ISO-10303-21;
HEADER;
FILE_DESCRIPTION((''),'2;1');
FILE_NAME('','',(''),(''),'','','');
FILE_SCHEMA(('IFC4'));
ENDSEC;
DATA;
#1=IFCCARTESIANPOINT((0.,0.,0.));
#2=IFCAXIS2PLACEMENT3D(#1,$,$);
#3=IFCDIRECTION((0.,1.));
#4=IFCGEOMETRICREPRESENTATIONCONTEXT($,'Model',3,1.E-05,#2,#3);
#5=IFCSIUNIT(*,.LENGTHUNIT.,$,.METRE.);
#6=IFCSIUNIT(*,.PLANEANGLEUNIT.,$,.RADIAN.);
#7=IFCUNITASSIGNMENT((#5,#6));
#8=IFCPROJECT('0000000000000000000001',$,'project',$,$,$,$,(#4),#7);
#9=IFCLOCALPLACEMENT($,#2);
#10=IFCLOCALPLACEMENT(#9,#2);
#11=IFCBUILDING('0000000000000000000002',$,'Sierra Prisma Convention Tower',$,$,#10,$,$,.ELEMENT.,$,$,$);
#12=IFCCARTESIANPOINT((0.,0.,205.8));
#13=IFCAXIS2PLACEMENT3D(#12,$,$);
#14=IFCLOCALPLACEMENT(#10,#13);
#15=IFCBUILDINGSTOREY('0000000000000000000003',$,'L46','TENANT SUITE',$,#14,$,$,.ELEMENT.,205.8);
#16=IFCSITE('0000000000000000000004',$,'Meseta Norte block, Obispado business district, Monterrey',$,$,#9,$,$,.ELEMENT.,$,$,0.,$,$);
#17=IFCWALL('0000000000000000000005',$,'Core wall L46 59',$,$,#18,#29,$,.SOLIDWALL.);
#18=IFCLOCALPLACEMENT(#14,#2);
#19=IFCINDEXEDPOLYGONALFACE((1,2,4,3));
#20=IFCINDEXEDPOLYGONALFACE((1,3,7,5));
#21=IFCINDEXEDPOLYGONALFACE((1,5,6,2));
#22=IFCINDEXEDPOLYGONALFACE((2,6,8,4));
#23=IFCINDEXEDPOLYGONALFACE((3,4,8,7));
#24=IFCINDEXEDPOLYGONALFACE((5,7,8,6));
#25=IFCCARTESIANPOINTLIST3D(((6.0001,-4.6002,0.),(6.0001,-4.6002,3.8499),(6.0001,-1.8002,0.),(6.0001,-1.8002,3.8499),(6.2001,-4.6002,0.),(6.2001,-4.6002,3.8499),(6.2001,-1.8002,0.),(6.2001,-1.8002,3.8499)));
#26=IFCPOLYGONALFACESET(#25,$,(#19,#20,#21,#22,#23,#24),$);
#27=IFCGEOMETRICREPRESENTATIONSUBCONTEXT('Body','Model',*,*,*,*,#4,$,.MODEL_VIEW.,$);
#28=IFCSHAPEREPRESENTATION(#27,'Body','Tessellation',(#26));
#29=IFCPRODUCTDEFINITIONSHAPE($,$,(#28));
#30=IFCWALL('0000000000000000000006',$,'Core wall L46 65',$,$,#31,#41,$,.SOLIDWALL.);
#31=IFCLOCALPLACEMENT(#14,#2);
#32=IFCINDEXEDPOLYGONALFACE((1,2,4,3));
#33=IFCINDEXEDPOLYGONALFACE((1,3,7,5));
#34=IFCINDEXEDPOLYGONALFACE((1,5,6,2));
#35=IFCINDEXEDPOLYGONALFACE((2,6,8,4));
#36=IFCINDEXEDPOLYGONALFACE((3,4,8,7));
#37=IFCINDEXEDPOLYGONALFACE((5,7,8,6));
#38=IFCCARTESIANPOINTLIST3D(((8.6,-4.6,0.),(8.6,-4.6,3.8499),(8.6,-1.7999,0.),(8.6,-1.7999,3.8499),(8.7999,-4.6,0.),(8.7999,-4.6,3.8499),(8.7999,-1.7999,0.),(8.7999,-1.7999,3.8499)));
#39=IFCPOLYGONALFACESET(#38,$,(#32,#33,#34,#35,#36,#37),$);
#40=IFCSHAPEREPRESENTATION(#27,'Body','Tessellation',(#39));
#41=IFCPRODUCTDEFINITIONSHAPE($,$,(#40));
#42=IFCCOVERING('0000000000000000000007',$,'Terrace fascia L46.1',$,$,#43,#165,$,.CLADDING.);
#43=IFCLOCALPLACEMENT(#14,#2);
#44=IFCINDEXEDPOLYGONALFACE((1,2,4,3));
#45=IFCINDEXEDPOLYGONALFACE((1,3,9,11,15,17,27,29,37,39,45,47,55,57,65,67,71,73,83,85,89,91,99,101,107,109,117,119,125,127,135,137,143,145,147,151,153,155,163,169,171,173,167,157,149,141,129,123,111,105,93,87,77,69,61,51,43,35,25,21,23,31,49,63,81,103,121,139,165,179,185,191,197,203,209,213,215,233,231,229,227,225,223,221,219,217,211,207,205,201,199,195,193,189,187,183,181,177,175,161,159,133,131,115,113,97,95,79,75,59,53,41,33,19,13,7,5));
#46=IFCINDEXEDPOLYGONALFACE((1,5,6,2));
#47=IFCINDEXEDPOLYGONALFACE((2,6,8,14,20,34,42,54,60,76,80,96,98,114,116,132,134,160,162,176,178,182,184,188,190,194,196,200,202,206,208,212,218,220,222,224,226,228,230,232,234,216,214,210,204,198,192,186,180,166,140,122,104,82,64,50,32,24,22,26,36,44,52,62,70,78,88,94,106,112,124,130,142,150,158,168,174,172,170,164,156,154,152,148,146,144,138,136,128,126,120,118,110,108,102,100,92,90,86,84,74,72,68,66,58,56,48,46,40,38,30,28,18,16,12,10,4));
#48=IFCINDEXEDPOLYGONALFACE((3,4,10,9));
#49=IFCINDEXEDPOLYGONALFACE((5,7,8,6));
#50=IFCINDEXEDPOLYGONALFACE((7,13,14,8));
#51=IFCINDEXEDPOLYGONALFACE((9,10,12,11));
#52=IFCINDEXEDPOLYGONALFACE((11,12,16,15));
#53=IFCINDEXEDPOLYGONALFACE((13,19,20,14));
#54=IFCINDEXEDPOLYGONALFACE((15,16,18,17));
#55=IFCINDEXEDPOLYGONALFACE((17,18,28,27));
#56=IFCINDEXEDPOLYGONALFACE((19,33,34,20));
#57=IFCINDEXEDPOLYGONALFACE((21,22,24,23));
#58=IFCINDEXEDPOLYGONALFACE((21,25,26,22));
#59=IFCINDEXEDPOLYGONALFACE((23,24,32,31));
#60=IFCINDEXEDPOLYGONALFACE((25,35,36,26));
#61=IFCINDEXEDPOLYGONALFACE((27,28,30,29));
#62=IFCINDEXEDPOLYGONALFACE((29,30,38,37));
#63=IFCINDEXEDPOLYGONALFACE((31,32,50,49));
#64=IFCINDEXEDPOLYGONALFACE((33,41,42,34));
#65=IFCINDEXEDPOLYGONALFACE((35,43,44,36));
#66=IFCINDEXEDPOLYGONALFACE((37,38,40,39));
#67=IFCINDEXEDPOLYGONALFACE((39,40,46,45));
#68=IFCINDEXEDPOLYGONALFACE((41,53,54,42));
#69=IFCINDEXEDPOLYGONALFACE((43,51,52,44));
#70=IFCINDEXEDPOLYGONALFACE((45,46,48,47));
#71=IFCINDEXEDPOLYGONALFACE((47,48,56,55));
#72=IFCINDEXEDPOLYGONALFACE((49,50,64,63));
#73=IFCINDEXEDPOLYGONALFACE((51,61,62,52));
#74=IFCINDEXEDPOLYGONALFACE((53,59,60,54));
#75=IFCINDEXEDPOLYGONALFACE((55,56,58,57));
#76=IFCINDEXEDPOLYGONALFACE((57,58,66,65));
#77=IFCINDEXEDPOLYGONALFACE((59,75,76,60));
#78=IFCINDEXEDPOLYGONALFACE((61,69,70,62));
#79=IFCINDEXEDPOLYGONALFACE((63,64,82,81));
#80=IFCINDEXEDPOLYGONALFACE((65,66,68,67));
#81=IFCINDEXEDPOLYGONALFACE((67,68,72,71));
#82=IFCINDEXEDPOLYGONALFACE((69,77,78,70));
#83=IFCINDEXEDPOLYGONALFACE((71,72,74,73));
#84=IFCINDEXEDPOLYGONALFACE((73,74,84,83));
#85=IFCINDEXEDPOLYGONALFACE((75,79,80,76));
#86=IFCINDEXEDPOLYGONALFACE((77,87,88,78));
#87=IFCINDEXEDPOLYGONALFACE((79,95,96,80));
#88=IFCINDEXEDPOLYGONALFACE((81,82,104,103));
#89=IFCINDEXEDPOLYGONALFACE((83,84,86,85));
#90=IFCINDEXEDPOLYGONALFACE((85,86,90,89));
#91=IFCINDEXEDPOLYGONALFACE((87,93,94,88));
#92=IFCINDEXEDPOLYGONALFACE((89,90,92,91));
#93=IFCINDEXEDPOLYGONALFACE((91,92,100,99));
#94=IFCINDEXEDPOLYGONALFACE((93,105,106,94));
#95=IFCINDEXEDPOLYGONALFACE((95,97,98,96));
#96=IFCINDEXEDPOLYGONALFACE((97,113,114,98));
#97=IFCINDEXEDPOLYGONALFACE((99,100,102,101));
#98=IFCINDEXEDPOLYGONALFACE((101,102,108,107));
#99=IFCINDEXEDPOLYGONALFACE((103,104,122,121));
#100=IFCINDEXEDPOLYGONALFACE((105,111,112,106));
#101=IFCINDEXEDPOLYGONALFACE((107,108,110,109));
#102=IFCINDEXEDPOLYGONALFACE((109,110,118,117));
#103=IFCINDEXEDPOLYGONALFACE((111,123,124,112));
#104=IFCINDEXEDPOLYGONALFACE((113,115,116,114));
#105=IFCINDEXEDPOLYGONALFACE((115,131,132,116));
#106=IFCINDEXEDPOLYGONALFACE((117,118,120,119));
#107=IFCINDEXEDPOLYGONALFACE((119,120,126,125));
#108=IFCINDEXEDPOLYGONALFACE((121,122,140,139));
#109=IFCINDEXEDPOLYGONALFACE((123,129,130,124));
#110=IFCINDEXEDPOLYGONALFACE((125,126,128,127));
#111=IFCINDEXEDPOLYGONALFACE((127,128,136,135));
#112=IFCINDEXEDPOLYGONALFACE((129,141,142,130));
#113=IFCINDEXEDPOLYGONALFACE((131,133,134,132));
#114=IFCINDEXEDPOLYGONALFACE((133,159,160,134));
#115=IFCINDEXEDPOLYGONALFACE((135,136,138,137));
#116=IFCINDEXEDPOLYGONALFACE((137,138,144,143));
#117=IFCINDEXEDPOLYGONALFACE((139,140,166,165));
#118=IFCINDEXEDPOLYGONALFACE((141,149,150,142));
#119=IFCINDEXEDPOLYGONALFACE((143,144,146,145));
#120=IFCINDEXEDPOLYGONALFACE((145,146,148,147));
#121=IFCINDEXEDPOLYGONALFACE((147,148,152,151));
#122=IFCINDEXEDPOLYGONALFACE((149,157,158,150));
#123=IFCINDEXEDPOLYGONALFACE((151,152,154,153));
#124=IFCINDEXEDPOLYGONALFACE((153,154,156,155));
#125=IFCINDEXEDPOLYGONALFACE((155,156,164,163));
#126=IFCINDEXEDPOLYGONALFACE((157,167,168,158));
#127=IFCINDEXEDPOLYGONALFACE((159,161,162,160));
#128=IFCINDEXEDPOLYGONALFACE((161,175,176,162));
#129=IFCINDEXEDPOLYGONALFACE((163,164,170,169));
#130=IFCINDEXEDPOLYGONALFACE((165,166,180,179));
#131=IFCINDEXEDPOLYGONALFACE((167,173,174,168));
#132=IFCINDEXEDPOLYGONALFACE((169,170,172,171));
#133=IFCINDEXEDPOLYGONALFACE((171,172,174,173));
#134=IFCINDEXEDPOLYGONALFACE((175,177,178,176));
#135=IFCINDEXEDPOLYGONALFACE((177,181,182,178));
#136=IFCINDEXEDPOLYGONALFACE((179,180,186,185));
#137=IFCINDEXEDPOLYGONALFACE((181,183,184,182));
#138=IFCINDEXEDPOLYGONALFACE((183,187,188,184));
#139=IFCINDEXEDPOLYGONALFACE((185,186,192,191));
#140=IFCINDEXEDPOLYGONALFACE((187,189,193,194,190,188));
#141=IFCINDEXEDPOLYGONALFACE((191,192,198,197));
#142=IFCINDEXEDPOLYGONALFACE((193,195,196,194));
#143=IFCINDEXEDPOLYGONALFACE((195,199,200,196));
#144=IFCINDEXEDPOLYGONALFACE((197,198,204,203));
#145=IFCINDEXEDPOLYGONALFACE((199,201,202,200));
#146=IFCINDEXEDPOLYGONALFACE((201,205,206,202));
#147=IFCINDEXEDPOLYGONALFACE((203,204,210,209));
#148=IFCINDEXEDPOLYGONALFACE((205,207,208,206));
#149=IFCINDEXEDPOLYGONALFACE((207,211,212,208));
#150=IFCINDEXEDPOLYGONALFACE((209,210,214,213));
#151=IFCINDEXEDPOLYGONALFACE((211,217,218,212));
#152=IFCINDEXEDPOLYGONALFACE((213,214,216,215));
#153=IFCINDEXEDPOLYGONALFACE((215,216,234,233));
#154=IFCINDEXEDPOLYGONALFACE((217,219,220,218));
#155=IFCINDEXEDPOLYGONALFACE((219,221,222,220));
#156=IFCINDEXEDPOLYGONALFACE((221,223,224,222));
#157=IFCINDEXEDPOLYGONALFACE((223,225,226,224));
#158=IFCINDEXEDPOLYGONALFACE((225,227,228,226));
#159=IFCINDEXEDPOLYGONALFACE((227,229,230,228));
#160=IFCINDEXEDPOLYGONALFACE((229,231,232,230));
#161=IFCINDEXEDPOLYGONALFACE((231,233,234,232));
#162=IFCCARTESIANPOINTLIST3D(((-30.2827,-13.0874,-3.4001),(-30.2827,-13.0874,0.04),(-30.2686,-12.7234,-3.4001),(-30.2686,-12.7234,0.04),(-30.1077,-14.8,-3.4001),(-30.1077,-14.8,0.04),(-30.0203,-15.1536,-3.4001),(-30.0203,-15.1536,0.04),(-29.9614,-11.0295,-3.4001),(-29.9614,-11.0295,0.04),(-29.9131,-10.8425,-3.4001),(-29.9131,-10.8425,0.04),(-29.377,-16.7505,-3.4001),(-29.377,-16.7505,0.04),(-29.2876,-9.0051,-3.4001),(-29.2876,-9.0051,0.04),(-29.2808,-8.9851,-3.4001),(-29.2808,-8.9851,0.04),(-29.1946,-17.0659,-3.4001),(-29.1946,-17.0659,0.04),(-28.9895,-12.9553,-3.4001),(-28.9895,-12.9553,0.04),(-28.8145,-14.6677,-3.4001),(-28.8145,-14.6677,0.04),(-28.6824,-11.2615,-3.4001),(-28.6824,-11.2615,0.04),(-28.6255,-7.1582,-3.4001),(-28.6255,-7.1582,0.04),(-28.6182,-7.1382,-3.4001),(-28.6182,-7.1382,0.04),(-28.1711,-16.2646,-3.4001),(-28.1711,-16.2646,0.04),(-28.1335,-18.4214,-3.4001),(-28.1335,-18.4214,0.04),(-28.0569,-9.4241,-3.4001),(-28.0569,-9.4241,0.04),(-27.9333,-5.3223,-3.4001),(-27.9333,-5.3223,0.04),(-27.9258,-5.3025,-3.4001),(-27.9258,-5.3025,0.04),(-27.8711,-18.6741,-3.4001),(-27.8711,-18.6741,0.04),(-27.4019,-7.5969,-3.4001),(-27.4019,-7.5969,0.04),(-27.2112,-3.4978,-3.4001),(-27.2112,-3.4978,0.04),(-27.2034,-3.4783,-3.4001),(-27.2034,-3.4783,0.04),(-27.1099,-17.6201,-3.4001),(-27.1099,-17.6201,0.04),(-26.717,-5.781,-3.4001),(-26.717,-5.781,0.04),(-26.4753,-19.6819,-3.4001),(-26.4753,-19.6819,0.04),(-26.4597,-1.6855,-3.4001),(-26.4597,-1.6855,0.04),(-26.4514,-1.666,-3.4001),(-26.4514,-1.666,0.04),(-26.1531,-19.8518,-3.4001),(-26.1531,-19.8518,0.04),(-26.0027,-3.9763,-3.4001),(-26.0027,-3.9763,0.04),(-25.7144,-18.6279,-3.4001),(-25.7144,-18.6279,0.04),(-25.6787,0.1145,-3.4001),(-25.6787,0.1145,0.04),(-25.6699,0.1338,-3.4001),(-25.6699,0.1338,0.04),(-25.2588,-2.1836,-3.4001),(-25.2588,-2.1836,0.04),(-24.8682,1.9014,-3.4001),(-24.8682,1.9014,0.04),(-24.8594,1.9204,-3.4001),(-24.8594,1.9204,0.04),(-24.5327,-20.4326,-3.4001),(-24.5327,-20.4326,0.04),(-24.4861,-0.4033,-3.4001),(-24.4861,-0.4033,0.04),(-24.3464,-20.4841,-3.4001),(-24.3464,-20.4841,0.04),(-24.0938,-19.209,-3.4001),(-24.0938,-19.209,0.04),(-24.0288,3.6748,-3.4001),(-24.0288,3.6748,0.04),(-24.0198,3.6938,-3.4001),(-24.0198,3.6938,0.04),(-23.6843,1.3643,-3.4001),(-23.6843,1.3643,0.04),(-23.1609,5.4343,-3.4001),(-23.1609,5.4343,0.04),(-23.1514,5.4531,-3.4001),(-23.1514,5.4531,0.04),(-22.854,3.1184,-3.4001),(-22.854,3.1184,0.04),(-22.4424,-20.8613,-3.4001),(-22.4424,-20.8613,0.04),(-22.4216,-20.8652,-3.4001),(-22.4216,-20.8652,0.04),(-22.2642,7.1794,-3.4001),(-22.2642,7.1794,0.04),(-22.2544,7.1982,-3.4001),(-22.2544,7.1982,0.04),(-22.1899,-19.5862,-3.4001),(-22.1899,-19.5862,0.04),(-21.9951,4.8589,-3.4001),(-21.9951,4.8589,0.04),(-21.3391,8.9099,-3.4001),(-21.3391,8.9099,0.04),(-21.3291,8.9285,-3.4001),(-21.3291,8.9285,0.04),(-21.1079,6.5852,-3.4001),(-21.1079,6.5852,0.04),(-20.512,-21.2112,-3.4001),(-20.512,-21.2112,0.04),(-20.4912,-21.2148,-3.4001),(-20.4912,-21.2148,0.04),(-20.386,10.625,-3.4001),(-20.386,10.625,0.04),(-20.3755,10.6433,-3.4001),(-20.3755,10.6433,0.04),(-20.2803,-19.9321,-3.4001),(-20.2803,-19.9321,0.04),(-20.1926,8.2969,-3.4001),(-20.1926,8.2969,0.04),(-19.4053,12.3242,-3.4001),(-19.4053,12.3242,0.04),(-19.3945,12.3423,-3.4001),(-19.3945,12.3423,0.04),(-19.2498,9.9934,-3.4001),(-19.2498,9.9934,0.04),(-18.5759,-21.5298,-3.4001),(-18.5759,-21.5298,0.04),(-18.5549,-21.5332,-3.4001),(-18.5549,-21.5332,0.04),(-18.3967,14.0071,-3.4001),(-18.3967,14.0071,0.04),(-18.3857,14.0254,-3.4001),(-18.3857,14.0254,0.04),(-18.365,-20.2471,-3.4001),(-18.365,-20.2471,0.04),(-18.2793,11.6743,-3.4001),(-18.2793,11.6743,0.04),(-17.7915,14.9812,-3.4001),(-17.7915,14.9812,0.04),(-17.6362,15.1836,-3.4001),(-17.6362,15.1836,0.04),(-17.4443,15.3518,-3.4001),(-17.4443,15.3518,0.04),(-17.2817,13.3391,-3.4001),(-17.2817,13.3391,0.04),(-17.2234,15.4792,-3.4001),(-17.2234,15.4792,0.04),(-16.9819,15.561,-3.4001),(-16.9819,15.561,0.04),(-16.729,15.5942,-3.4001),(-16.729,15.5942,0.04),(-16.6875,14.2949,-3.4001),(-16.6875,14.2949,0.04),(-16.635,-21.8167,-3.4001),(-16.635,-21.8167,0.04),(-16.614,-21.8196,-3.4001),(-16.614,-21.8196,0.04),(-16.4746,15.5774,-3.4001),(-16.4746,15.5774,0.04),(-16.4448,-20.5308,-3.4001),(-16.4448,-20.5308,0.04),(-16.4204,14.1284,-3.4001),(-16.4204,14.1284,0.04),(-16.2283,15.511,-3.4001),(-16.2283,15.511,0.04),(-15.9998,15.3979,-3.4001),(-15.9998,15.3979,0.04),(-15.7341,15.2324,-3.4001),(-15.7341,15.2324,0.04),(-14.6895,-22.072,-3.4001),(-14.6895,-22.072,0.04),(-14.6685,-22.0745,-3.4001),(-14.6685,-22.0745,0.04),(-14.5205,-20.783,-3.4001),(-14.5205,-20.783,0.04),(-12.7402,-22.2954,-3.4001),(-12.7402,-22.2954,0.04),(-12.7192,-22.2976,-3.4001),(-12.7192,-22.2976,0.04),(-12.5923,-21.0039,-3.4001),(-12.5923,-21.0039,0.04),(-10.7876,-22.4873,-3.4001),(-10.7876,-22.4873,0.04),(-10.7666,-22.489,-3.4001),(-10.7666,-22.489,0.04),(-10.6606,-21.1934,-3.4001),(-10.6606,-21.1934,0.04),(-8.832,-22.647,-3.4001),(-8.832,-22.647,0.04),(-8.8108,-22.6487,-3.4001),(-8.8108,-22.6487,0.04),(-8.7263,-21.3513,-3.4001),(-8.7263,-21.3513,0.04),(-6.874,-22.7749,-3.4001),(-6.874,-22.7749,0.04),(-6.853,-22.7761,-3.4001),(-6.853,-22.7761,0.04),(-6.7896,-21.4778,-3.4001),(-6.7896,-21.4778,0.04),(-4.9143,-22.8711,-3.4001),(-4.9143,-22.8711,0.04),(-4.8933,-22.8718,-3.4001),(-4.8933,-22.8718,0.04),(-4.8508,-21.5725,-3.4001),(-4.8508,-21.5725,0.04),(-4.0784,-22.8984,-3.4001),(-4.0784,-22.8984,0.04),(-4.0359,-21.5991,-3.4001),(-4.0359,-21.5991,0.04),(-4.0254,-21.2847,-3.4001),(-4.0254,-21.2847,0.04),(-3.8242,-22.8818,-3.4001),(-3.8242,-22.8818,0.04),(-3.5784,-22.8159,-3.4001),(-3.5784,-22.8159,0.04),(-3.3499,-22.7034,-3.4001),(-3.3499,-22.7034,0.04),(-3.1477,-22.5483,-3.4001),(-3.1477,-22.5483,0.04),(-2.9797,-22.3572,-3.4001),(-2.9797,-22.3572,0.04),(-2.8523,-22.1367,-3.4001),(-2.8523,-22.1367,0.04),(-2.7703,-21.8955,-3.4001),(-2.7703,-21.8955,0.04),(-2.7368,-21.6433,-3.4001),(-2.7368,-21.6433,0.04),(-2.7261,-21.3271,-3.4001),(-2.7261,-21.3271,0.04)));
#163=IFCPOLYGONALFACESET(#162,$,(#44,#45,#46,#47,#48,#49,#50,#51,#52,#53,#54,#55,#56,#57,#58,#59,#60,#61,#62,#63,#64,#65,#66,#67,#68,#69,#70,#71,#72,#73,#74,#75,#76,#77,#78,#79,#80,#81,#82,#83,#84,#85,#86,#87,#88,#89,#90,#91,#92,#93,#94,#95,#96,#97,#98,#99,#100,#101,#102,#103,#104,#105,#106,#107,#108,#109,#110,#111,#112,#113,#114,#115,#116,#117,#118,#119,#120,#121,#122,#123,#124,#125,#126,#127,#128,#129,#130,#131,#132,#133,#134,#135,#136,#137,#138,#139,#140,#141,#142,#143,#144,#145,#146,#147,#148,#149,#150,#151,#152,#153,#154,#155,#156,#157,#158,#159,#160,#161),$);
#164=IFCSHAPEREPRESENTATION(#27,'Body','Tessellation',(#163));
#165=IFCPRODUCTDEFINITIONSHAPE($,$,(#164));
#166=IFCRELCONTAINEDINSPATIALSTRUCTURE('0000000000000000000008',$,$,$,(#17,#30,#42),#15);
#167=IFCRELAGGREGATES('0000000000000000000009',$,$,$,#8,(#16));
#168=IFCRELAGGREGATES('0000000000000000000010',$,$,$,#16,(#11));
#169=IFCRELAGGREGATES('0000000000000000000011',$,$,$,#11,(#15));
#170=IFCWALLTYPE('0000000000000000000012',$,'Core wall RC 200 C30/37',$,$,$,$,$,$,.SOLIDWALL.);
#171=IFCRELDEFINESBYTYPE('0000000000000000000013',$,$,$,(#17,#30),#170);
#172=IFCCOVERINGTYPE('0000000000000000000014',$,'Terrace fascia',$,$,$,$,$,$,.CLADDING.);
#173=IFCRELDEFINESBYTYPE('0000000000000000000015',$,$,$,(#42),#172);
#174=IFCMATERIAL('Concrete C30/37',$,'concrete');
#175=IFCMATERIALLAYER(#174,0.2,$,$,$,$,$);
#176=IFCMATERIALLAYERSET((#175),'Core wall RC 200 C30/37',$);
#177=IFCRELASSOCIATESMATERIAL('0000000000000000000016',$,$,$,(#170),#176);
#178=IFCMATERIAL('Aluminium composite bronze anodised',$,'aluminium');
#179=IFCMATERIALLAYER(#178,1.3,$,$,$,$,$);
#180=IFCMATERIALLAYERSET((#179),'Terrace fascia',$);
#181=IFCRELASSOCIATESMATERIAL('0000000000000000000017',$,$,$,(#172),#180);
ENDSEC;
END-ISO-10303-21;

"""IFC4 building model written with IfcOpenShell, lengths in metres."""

from ifc_helpers import new_model, si_unit, direction, frame, frame_2d, origin, place, context, subcontext, project, spatial, polyline, rectangle, outline, extrude, material, layer, layer_set, type_object, element, save


model = new_model("IFC4")

# Units and contexts
model_context = context("Model", 3, precision=1e-05, world=origin(), true_north=direction((0.0, 1.0)))
body_context = subcontext(model_context, "Body", "Model", "MODEL_VIEW")
ifc_project = project(units=[si_unit("LENGTHUNIT", "METRE"), si_unit("PLANEANGLEUNIT", "RADIAN")], contexts=[model_context])

# Site, building, storey
site_placement = place(None, origin())
site = spatial("IfcSite", under=ifc_project, at=site_placement, Name="Meseta Norte block, Obispado business district, Monterrey", CompositionType="ELEMENT", RefElevation=0.0)
building_placement = place(site_placement, origin())
building = spatial("IfcBuilding", under=site, at=building_placement, Name="Sierra Prisma Convention Tower", CompositionType="ELEMENT")
storey_placement = place(building_placement, frame((0.0, 0.0, 205.8)))
storey = spatial("IfcBuildingStorey", under=building, at=storey_placement, Name="L46", Description="TENANT SUITE", CompositionType="ELEMENT", Elevation=205.8)

# Shared definitions
ifc_material_1 = material(Name="Concrete C30/37", Category="concrete")
ifc_layer_1 = layer(ifc_material_1, 0.2)
ifc_layer_set_1 = layer_set([ifc_layer_1], Name="Core wall RC 200 C30/37")
wall_type = type_object("IfcWallType", Name="Core wall RC 200 C30/37", PredefinedType="SOLIDWALL", material=ifc_layer_set_1)

# Wall
wall_1_placement = place(storey_placement, frame((6.1001, -4.6001, 0.0), z_axis=(0.0, 0.0, 1.0), x_axis=(0.0, 1.0, 0.0)))
element("IfcWall", 1, at=wall_1_placement, inside=storey, type_object=wall_type, Name="Core wall L46 59", PredefinedType="SOLIDWALL", context=body_context, shape_type="SweptSolid", body=[
    extrude(rectangle(XDim=2.8, YDim=0.2, at=frame_2d((1.3999, 0.0))), origin(), (0.0, 0.0, 1.0), 3.8499),
])

# Wall
wall_2_placement = place(storey_placement, frame((8.7, -1.8, 0.0), z_axis=(0.0, 0.0, 1.0), x_axis=(0.0, -1.0, 0.0)))
element("IfcWall", 2, at=wall_2_placement, inside=storey, type_object=wall_type, Name="Core wall L46 65", PredefinedType="SOLIDWALL", context=body_context, shape_type="SweptSolid", body=[
    extrude(rectangle(XDim=2.8, YDim=0.2, at=frame_2d((1.3999, 0.0))), origin(), (0.0, 0.0, 1.0), 3.8499),
])

# Covering
ifc_material_2 = material(Name="Aluminium composite bronze anodised", Category="aluminium")
ifc_layer_2 = layer(ifc_material_2, 1.3)
ifc_layer_set_2 = layer_set([ifc_layer_2], Name="Terrace fascia")
covering_type_1 = type_object("IfcCoveringType", Name="Terrace fascia", PredefinedType="CLADDING", material=ifc_layer_set_2)
covering_1_placement = place(storey_placement, frame((0.0, 0.0, -3.4001)))
element("IfcCovering", 3, at=covering_1_placement, inside=storey, type_object=covering_type_1, Name="Terrace fascia L46.1", PredefinedType="CLADDING", context=body_context, shape_type="SweptSolid", body=[
    extrude(outline(polyline([(-2.7368, -21.6433), (-2.7703, -21.8955), (-2.8523, -22.1367), (-2.9797, -22.3572), (-3.1477, -22.5483), (-3.3499, -22.7034), (-3.5784, -22.8159), (-3.8242, -22.8818), (-4.0784, -22.8984), (-4.8933, -22.8718), (-4.9143, -22.8711), (-6.853, -22.7761), (-6.874, -22.7749), (-8.8108, -22.6487), (-8.832, -22.647), (-10.7666, -22.489), (-10.7876, -22.4873), (-12.7192, -22.2976), (-12.7402, -22.2954), (-14.6685, -22.0745), (-14.6895, -22.072), (-16.614, -21.8196), (-16.635, -21.8167), (-18.5549, -21.5332), (-18.5759, -21.5298), (-20.4912, -21.2148), (-20.512, -21.2112), (-22.4216, -20.8652), (-22.4424, -20.8613), (-24.3464, -20.4841), (-24.5327, -20.4326), (-26.1531, -19.8518), (-26.4753, -19.6819), (-27.8711, -18.6741), (-28.1335, -18.4214), (-29.1946, -17.0659), (-29.377, -16.7505), (-30.0203, -15.1536), (-30.1077, -14.8), (-30.2827, -13.0874), (-30.2686, -12.7234), (-29.9614, -11.0295), (-29.9131, -10.8425), (-29.2876, -9.0051), (-29.2808, -8.9851), (-28.6255, -7.1582), (-28.6182, -7.1382), (-27.9333, -5.3223), (-27.9258, -5.3025), (-27.2112, -3.4978), (-27.2034, -3.4783), (-26.4597, -1.6855), (-26.4514, -1.666), (-25.6787, 0.1145), (-25.6699, 0.1338), (-24.8682, 1.9014), (-24.8594, 1.9204), (-24.0288, 3.6748), (-24.0198, 3.6938), (-23.1609, 5.4343), (-23.1514, 5.4531), (-22.2642, 7.1794), (-22.2544, 7.1982), (-21.3391, 8.9099), (-21.3291, 8.9285), (-20.386, 10.625), (-20.3755, 10.6433), (-19.4053, 12.3242), (-19.3945, 12.3423), (-18.3967, 14.0071), (-18.3857, 14.0254), (-17.7915, 14.9812), (-17.6362, 15.1836), (-17.4443, 15.3518), (-17.2234, 15.4792), (-16.9819, 15.561), (-16.729, 15.5942), (-16.4746, 15.5774), (-16.2283, 15.511), (-15.9998, 15.3979), (-15.7341, 15.2324), (-16.4204, 14.1284), (-16.6875, 14.2949), (-17.2817, 13.3391), (-18.2793, 11.6743), (-19.2498, 9.9934), (-20.1926, 8.2969), (-21.1079, 6.5852), (-21.9951, 4.8589), (-22.854, 3.1184), (-23.6843, 1.3643), (-24.4861, -0.4033), (-25.2588, -2.1836), (-26.0027, -3.9763), (-26.717, -5.781), (-27.4019, -7.5969), (-28.0569, -9.4241), (-28.6824, -11.2615), (-28.9895, -12.9553), (-28.8145, -14.6677), (-28.1711, -16.2646), (-27.1099, -17.6201), (-25.7144, -18.6279), (-24.0938, -19.209), (-22.1899, -19.5862), (-20.2803, -19.9321), (-18.365, -20.2471), (-16.4448, -20.5308), (-14.5205, -20.783), (-12.5923, -21.0039), (-10.6606, -21.1934), (-8.7263, -21.3513), (-6.7896, -21.4778), (-4.8508, -21.5725), (-4.0359, -21.5991), (-4.0254, -21.2847), (-2.7261, -21.3271), (-2.7368, -21.6433)])), origin(), (0.0, 0.0, 1.0), 3.4402),
])

save(model, "model.ifc")
